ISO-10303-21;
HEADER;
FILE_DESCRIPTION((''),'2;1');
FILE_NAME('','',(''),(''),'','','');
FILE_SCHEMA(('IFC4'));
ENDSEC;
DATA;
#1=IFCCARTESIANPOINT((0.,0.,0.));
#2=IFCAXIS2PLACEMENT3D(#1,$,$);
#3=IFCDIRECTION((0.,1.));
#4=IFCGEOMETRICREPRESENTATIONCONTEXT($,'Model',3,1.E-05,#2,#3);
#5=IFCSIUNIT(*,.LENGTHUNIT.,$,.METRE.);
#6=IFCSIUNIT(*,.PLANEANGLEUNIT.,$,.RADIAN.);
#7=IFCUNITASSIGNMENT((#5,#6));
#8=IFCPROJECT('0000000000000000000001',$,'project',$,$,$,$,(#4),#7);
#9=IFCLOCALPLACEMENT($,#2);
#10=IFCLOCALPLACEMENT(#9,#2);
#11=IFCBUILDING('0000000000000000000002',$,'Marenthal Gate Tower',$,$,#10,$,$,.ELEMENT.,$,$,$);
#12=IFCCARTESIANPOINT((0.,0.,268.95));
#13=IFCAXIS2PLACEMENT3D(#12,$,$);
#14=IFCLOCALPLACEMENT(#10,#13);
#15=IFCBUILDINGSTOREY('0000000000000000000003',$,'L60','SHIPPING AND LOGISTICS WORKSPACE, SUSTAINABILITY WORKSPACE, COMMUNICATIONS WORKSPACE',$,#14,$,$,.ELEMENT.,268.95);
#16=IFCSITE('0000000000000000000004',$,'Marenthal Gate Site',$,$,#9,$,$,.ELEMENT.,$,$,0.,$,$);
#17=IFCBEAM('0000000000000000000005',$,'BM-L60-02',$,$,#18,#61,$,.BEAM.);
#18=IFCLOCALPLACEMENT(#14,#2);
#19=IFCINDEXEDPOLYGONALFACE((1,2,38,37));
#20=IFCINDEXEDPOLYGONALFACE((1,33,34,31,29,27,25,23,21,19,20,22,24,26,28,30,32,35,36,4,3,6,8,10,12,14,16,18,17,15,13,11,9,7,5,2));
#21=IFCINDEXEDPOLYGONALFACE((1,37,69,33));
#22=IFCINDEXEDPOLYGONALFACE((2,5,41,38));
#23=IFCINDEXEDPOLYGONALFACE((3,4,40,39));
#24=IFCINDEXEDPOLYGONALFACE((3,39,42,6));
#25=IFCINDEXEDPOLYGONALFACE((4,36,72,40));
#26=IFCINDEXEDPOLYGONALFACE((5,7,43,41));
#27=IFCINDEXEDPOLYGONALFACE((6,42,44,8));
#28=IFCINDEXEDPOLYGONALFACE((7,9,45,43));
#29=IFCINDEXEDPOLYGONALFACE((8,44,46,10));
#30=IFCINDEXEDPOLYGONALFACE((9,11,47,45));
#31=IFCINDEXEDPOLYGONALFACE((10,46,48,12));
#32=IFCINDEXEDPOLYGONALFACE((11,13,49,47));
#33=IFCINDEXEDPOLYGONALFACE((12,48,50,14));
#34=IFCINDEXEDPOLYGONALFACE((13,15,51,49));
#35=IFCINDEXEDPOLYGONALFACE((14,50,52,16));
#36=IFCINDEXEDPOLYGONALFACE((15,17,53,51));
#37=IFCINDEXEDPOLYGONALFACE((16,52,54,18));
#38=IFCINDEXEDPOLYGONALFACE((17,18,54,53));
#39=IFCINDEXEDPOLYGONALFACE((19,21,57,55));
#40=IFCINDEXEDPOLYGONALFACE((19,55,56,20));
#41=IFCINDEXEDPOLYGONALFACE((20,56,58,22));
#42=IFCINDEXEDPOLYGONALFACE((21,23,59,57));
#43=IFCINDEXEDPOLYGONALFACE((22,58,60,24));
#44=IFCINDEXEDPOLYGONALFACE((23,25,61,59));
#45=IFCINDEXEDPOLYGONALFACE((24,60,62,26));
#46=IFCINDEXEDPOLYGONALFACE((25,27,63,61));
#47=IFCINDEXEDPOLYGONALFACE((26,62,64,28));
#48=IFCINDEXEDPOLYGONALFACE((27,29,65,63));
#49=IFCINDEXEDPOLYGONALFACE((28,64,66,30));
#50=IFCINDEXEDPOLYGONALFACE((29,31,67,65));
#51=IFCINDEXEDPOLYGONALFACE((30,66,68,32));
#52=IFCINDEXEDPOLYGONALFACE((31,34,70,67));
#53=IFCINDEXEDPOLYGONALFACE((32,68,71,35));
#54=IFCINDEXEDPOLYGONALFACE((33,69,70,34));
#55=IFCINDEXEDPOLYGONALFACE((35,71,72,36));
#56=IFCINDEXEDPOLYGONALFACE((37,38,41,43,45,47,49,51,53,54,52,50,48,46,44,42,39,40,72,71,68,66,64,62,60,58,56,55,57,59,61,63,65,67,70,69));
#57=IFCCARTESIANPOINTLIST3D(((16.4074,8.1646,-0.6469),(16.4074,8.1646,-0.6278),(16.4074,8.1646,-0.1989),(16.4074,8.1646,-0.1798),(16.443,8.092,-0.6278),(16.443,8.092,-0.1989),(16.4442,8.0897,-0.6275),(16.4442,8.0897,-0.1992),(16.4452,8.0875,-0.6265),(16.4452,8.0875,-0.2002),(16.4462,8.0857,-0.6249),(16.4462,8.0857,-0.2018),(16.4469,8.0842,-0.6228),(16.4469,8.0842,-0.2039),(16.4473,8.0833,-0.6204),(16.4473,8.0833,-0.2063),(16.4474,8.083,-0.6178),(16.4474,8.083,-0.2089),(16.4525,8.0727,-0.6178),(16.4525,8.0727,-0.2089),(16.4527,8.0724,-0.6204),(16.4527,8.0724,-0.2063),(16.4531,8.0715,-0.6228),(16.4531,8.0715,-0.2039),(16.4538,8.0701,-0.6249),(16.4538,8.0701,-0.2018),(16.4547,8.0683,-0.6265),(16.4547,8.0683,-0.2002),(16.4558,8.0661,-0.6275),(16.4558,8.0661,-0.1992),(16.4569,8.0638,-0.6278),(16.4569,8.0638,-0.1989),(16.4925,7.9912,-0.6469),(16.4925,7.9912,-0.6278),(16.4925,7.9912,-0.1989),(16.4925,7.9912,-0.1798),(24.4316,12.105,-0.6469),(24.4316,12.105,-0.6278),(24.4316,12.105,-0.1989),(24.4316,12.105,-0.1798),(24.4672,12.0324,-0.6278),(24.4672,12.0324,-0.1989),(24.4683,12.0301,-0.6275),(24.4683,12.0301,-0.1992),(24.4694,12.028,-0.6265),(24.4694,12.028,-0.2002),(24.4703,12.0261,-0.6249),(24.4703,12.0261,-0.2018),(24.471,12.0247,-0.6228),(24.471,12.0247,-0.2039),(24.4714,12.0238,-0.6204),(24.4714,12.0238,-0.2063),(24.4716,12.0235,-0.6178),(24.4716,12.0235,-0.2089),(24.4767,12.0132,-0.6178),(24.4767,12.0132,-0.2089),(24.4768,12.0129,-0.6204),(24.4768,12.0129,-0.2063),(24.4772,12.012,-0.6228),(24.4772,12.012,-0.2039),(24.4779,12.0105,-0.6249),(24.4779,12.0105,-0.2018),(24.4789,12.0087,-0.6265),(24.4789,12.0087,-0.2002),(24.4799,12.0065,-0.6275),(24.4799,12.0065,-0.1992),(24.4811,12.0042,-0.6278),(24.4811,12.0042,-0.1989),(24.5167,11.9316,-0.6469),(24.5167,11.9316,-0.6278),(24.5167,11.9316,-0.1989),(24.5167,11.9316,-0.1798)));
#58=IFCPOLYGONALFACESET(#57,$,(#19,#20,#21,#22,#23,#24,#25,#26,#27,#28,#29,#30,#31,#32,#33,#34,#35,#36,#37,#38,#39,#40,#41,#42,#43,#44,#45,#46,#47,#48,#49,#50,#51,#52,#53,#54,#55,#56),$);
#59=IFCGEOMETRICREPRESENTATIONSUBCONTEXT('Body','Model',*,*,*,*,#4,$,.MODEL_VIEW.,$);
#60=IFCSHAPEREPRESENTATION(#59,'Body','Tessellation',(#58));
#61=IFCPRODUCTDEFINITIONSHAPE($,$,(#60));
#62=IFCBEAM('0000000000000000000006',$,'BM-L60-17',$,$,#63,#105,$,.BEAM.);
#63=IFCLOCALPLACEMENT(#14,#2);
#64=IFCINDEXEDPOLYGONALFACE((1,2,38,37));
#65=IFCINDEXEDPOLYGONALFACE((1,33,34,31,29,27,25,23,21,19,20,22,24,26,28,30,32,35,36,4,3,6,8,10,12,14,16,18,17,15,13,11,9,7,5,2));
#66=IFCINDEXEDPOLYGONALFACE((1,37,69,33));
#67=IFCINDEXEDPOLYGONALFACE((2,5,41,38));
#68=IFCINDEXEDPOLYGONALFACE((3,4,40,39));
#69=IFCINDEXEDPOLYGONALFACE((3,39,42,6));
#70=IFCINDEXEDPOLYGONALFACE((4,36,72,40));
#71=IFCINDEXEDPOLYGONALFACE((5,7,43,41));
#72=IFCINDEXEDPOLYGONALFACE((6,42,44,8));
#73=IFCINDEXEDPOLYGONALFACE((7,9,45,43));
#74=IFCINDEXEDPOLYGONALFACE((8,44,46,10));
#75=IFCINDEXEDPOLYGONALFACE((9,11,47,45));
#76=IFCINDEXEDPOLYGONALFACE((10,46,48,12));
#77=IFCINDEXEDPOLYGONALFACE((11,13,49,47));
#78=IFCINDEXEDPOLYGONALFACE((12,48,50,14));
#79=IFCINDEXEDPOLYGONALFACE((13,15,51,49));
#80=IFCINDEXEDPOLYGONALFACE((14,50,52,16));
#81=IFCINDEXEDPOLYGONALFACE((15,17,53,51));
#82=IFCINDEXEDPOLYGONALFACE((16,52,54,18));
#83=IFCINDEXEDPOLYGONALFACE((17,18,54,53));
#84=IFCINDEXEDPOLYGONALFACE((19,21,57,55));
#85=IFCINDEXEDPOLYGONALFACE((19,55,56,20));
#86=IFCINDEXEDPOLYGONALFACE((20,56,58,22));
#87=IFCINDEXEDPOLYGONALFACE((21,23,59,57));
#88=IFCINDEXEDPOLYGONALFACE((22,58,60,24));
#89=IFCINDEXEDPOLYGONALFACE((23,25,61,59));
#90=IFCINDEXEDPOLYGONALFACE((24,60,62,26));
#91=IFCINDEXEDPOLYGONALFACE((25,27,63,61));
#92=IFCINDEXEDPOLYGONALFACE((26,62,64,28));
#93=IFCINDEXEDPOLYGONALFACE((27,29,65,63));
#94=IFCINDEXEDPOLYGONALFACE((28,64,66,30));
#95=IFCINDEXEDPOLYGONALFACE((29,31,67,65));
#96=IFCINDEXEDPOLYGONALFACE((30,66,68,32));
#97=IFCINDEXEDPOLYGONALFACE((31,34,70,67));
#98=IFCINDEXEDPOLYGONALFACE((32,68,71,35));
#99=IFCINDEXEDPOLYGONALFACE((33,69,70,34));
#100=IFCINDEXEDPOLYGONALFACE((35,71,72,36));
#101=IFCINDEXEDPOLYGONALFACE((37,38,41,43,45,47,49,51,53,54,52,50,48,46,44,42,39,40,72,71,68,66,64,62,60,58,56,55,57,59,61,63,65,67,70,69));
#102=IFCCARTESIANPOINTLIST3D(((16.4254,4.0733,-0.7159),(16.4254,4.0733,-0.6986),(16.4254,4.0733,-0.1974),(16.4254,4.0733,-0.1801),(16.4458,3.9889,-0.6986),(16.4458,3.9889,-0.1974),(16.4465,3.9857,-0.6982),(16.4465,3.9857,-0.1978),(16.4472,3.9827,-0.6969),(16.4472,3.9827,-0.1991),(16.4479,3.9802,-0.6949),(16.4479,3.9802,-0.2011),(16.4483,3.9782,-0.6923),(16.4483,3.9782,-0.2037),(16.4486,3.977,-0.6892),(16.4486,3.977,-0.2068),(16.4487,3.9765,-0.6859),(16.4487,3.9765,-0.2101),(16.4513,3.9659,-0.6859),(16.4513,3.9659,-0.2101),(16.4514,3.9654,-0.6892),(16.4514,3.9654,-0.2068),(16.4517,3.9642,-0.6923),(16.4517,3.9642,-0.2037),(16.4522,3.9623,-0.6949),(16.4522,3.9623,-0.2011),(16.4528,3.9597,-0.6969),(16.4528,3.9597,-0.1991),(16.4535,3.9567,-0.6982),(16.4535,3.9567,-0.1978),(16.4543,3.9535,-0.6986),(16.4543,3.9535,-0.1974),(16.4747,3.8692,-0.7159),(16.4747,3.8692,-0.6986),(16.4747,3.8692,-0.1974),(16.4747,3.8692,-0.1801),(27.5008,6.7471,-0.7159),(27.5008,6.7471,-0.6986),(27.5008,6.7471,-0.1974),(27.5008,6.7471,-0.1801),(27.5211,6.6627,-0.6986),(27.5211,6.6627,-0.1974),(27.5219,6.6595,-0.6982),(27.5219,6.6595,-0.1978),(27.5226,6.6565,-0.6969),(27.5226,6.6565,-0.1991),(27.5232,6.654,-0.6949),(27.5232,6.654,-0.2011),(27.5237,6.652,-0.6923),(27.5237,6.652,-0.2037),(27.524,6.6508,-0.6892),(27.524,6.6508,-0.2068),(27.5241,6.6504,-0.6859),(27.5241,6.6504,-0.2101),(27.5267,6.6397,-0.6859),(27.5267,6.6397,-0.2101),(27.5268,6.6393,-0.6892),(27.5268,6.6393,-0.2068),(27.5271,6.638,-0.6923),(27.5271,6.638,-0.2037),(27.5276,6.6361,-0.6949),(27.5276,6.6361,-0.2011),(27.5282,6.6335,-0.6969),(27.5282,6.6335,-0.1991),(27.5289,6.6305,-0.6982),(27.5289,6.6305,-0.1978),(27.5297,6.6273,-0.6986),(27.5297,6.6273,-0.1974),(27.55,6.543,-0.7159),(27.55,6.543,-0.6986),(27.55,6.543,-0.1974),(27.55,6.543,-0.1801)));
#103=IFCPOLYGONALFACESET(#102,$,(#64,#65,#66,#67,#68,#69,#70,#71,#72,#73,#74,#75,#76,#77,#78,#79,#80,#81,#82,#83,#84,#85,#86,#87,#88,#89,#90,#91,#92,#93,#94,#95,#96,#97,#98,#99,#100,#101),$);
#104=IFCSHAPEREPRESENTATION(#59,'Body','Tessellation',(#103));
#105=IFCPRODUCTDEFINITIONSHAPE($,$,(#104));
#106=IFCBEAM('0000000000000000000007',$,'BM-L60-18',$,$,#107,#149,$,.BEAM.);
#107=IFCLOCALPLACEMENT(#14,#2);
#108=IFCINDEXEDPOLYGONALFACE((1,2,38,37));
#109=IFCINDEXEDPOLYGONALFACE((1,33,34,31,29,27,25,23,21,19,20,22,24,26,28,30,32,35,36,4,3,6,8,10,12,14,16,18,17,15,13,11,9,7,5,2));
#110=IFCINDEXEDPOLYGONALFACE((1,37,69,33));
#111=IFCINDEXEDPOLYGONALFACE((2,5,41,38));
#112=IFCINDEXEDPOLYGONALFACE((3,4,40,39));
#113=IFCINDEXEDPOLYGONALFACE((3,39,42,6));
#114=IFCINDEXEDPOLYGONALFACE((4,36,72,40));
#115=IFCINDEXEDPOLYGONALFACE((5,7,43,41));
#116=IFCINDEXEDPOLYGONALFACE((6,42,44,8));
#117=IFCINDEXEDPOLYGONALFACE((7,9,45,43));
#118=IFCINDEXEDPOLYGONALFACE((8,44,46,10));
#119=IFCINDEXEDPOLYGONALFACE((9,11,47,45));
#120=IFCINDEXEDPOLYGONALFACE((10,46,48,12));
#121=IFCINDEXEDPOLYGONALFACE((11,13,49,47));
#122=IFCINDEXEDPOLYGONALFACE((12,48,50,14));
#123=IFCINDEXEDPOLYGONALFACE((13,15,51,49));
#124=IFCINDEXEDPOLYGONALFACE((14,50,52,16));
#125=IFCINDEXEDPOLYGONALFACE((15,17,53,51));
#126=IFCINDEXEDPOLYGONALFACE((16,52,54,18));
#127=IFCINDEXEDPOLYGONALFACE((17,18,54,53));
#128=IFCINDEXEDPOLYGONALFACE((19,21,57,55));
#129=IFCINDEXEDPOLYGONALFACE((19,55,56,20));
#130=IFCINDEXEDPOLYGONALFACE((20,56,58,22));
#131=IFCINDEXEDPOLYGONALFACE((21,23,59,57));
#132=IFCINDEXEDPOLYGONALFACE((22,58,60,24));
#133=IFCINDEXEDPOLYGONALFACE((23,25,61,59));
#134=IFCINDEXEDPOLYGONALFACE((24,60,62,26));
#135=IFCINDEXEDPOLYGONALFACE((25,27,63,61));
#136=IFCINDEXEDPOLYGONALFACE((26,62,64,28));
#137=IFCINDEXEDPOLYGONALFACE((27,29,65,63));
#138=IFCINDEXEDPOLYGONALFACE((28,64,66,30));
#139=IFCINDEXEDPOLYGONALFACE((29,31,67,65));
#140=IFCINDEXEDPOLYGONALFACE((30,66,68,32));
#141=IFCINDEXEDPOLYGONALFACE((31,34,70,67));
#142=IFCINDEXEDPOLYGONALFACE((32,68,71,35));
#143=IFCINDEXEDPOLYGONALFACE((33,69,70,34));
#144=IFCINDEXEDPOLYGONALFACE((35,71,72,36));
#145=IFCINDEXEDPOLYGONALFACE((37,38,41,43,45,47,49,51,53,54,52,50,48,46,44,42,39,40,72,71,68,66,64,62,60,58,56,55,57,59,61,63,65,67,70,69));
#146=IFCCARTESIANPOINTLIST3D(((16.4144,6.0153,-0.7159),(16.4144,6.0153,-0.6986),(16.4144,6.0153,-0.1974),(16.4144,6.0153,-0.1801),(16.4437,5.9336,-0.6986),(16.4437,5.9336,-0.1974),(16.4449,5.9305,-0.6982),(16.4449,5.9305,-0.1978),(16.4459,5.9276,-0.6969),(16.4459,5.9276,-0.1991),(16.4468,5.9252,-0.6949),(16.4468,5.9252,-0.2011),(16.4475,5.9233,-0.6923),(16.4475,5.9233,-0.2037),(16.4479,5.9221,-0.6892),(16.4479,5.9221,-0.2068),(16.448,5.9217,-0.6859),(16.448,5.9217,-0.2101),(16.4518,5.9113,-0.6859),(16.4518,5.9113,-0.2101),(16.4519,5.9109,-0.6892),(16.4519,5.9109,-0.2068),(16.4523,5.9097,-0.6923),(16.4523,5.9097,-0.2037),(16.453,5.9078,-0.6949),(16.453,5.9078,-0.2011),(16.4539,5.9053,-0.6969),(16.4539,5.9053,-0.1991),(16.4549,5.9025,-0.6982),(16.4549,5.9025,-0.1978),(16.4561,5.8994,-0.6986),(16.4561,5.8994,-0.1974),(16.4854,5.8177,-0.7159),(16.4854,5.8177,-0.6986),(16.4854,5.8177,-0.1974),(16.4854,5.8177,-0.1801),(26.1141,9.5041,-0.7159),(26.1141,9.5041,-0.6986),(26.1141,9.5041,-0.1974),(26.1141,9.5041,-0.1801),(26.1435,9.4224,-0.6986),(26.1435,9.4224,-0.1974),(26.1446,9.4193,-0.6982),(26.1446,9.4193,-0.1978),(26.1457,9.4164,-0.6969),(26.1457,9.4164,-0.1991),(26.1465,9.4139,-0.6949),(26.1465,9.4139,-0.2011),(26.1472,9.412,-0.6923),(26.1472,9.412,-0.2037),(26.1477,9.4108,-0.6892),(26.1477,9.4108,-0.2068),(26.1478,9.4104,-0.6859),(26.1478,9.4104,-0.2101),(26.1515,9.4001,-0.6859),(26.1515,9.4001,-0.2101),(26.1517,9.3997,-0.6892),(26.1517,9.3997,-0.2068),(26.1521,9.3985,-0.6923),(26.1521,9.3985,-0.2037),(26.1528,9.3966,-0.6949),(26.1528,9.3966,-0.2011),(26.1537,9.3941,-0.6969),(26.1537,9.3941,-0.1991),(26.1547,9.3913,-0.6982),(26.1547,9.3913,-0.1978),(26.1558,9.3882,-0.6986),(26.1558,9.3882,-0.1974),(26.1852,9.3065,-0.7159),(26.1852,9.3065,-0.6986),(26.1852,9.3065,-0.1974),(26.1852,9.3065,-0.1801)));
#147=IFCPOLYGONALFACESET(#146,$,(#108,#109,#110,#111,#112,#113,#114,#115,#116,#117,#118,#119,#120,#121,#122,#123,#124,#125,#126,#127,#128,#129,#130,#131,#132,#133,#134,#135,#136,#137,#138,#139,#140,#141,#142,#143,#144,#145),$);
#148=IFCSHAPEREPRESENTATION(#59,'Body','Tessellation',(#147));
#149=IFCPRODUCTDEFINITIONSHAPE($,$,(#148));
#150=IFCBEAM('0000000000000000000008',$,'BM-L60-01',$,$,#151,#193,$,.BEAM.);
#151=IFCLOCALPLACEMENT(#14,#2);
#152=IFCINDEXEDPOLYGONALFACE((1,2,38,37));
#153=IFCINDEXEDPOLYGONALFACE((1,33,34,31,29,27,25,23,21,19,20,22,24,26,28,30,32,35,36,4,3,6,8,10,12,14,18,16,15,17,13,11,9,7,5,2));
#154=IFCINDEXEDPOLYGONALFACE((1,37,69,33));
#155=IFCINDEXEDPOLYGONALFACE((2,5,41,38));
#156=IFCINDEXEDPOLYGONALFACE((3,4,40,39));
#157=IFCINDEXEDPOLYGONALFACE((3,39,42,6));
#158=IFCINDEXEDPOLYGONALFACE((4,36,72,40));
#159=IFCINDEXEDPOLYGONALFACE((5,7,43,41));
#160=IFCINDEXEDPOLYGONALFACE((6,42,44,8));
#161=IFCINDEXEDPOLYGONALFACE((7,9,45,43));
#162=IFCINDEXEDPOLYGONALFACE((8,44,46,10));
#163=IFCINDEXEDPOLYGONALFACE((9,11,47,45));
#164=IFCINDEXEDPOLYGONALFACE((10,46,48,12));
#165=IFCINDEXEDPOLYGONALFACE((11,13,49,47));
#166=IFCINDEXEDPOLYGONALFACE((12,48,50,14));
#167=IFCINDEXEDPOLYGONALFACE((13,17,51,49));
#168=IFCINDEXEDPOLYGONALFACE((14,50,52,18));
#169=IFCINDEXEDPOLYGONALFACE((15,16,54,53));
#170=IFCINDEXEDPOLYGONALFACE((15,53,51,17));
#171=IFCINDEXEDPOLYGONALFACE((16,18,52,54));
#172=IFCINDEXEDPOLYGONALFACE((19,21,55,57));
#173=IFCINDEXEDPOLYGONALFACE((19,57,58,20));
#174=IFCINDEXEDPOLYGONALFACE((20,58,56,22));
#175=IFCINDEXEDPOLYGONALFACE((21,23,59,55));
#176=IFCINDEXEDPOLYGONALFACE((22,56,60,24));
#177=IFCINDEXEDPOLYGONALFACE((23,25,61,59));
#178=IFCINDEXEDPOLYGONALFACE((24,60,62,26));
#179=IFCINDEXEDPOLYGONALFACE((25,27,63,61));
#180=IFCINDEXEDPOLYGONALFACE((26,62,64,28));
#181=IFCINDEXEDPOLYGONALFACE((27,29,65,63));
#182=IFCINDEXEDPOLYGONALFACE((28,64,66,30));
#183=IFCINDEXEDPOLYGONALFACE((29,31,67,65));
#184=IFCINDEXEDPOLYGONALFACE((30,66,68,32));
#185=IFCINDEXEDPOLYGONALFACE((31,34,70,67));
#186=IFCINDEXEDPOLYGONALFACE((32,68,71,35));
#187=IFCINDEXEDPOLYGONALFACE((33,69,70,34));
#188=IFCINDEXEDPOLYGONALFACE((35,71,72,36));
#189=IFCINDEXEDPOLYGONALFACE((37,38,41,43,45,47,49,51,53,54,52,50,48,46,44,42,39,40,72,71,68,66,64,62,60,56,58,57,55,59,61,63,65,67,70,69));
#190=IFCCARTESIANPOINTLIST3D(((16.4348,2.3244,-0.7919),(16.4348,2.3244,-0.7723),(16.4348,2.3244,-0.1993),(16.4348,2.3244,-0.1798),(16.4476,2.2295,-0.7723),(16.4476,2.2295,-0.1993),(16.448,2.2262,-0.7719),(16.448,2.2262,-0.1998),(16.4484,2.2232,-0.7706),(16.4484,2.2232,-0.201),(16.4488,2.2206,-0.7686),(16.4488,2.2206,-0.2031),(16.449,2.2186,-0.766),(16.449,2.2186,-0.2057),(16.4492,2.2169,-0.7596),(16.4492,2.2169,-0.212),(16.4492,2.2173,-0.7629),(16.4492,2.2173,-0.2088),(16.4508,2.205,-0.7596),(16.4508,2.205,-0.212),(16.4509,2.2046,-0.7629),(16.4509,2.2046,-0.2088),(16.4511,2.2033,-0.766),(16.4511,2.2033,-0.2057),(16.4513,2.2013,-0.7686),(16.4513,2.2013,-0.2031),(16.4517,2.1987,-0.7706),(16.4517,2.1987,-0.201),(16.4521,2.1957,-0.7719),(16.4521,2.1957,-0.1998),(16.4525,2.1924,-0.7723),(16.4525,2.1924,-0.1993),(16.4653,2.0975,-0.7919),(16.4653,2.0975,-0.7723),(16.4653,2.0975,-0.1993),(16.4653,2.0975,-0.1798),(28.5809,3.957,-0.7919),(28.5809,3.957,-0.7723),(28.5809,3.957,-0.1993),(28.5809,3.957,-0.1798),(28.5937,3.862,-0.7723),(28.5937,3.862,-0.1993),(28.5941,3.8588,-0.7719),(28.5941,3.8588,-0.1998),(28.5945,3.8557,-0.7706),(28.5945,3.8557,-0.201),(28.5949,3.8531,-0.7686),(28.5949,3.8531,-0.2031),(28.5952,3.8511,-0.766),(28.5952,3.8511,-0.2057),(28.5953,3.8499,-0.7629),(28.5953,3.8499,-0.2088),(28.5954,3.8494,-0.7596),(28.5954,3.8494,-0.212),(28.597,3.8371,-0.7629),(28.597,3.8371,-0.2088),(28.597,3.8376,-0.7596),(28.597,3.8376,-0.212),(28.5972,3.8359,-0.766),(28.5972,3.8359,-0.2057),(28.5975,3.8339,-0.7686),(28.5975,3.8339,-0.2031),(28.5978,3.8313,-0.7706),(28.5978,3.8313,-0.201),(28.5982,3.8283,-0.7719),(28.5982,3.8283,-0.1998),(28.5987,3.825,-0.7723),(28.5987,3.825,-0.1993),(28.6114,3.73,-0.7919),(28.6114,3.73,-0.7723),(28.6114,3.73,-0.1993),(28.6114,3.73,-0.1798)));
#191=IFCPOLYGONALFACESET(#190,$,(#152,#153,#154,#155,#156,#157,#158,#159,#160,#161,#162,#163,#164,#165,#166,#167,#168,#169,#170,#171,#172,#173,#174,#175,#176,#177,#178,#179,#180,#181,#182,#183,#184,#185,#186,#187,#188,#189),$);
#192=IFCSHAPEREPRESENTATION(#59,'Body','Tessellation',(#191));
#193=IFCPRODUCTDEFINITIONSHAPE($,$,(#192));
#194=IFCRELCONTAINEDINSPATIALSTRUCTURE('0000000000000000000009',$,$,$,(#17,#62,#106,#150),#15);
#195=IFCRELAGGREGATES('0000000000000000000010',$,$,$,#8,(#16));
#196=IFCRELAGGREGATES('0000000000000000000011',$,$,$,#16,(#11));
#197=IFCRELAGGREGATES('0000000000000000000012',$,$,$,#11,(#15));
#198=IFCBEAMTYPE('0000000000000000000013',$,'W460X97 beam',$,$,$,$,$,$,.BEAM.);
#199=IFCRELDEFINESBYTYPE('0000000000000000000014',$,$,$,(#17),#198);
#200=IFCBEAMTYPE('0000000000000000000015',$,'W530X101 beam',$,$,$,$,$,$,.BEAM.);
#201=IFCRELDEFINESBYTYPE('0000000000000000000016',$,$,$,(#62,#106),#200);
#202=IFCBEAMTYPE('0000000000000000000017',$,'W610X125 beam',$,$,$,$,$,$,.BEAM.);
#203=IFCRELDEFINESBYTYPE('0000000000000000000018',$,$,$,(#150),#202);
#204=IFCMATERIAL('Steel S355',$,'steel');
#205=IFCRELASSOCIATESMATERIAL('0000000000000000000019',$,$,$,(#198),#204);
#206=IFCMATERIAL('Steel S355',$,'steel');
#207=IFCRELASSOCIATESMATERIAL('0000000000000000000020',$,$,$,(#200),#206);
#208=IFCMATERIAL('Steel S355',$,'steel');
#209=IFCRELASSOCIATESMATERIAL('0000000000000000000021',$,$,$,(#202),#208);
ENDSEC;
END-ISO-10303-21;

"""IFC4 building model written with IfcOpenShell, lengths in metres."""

from ifc_helpers import new_model, si_unit, direction, frame, origin, origin_2d, place, context, subcontext, project, spatial, i_section, extrude, material, material_profile, profile_set, type_object, element, save


model = new_model("IFC4")

# Units and contexts
model_context = context("Model", 3, precision=1e-05, world=origin(), true_north=direction((0.0, 1.0)))
body_context = subcontext(model_context, "Body", "Model", "MODEL_VIEW")
ifc_project = project(units=[si_unit("LENGTHUNIT", "METRE"), si_unit("PLANEANGLEUNIT", "RADIAN")], contexts=[model_context])

# Site, building, storey
site_placement = place(None, origin())
site = spatial("IfcSite", under=ifc_project, at=site_placement, Name="Marenthal Gate Site", CompositionType="ELEMENT", RefElevation=0.0)
building_placement = place(site_placement, origin())
building = spatial("IfcBuilding", under=site, at=building_placement, Name="Marenthal Gate Tower", CompositionType="ELEMENT")
storey_placement = place(building_placement, frame((0.0, 0.0, 268.95)))
storey = spatial("IfcBuildingStorey", under=building, at=storey_placement, Name="L60", Description="SHIPPING AND LOGISTICS WORKSPACE, SUSTAINABILITY WORKSPACE, COMMUNICATIONS WORKSPACE", CompositionType="ELEMENT", Elevation=268.95)

# Beams
ifc_material_1 = material(Name="Steel S355", Category="steel")
ifc_material_profile_1 = material_profile(ifc_material_1, i_section(OverallWidth=0.1931, OverallDepth=0.467, WebThickness=0.0115, FlangeThickness=0.019, FilletRadius=0.01, at=origin_2d()), Name="W460X97")
ifc_profile_set_1 = profile_set([ifc_material_profile_1], Name="Steel S355")
beam_type_1 = type_object("IfcBeamType", Name="W460X97 beam", PredefinedType="BEAM", material=ifc_profile_set_1)
beam_1_placement = place(storey_placement, frame((24.4741, 12.0183, -0.4133), z_axis=(-0.89761, -0.44079, 0.0), x_axis=(0.44079, -0.89761, 0.0)))
element("IfcBeam", 1, at=beam_1_placement, inside=storey, type_object=beam_type_1, Name="BM-L60-02", PredefinedType="BEAM", context=body_context, shape_type="SweptSolid", body=[
    extrude(i_section(OverallWidth=0.1931, OverallDepth=0.467, WebThickness=0.0115, FlangeThickness=0.019, FilletRadius=0.01, at=origin_2d()), origin(), (0.0, 0.0, 1.0), 8.9395),
])
ifc_material_2 = material(Name="Steel S355", Category="steel")
ifc_material_profile_2 = material_profile(ifc_material_2, i_section(OverallWidth=0.21, OverallDepth=0.5359, WebThickness=0.011, FlangeThickness=0.0173, FilletRadius=0.0127, at=origin_2d()), Name="W530X101")
ifc_profile_set_2 = profile_set([ifc_material_profile_2], Name="Steel S355")
beam_type_2 = type_object("IfcBeamType", Name="W530X101 beam", PredefinedType="BEAM", material=ifc_profile_set_2)
beam_2_placement = place(storey_placement, frame((27.5254, 6.645, -0.448), z_axis=(-0.972073, -0.234678, 0.0), x_axis=(0.234678, -0.972073, 0.0)))
element("IfcBeam", 2, at=beam_2_placement, inside=storey, type_object=beam_type_2, Name="BM-L60-17", PredefinedType="BEAM", context=body_context, shape_type="SweptSolid", body=[
    extrude(i_section(OverallWidth=0.21, OverallDepth=0.5359, WebThickness=0.011, FlangeThickness=0.0173, FilletRadius=0.0127, at=origin_2d()), origin(), (0.0, 0.0, 1.0), 11.3936),
])
beam_3_placement = place(storey_placement, frame((26.1497, 9.4053, -0.448), z_axis=(-0.940984, -0.338451, 0.0), x_axis=(0.338451, -0.940984, 0.0)))
element("IfcBeam", 3, at=beam_3_placement, inside=storey, type_object=beam_type_2, Name="BM-L60-18", PredefinedType="BEAM", context=body_context, shape_type="SweptSolid", body=[
    extrude(i_section(OverallWidth=0.21, OverallDepth=0.5359, WebThickness=0.011, FlangeThickness=0.0173, FilletRadius=0.0127, at=origin_2d()), origin(), (0.0, 0.0, 1.0), 10.3081),
])
ifc_material_3 = material(Name="Steel S355", Category="steel")
ifc_material_profile_3 = material_profile(ifc_material_3, i_section(OverallWidth=0.229, OverallDepth=0.6121, WebThickness=0.012, FlangeThickness=0.0195, FilletRadius=0.0127, at=origin_2d()), Name="W610X125")
ifc_profile_set_3 = profile_set([ifc_material_profile_3], Name="Steel S355")
beam_type_3 = type_object("IfcBeamType", Name="W610X125 beam", PredefinedType="BEAM", material=ifc_profile_set_3)
beam_4_placement = place(storey_placement, frame((28.5962, 3.8435, -0.4858), z_axis=(-0.991088, -0.133211, 0.0), x_axis=(0.133211, -0.991088, 0.0)))
element("IfcBeam", 4, at=beam_4_placement, inside=storey, type_object=beam_type_3, Name="BM-L60-01", PredefinedType="BEAM", context=body_context, shape_type="SweptSolid", body=[
    extrude(i_section(OverallWidth=0.229, OverallDepth=0.6121, WebThickness=0.012, FlangeThickness=0.0195, FilletRadius=0.0127, at=origin_2d()), origin(), (0.0, 0.0, 1.0), 12.2554),
])

save(model, "model.ifc")
